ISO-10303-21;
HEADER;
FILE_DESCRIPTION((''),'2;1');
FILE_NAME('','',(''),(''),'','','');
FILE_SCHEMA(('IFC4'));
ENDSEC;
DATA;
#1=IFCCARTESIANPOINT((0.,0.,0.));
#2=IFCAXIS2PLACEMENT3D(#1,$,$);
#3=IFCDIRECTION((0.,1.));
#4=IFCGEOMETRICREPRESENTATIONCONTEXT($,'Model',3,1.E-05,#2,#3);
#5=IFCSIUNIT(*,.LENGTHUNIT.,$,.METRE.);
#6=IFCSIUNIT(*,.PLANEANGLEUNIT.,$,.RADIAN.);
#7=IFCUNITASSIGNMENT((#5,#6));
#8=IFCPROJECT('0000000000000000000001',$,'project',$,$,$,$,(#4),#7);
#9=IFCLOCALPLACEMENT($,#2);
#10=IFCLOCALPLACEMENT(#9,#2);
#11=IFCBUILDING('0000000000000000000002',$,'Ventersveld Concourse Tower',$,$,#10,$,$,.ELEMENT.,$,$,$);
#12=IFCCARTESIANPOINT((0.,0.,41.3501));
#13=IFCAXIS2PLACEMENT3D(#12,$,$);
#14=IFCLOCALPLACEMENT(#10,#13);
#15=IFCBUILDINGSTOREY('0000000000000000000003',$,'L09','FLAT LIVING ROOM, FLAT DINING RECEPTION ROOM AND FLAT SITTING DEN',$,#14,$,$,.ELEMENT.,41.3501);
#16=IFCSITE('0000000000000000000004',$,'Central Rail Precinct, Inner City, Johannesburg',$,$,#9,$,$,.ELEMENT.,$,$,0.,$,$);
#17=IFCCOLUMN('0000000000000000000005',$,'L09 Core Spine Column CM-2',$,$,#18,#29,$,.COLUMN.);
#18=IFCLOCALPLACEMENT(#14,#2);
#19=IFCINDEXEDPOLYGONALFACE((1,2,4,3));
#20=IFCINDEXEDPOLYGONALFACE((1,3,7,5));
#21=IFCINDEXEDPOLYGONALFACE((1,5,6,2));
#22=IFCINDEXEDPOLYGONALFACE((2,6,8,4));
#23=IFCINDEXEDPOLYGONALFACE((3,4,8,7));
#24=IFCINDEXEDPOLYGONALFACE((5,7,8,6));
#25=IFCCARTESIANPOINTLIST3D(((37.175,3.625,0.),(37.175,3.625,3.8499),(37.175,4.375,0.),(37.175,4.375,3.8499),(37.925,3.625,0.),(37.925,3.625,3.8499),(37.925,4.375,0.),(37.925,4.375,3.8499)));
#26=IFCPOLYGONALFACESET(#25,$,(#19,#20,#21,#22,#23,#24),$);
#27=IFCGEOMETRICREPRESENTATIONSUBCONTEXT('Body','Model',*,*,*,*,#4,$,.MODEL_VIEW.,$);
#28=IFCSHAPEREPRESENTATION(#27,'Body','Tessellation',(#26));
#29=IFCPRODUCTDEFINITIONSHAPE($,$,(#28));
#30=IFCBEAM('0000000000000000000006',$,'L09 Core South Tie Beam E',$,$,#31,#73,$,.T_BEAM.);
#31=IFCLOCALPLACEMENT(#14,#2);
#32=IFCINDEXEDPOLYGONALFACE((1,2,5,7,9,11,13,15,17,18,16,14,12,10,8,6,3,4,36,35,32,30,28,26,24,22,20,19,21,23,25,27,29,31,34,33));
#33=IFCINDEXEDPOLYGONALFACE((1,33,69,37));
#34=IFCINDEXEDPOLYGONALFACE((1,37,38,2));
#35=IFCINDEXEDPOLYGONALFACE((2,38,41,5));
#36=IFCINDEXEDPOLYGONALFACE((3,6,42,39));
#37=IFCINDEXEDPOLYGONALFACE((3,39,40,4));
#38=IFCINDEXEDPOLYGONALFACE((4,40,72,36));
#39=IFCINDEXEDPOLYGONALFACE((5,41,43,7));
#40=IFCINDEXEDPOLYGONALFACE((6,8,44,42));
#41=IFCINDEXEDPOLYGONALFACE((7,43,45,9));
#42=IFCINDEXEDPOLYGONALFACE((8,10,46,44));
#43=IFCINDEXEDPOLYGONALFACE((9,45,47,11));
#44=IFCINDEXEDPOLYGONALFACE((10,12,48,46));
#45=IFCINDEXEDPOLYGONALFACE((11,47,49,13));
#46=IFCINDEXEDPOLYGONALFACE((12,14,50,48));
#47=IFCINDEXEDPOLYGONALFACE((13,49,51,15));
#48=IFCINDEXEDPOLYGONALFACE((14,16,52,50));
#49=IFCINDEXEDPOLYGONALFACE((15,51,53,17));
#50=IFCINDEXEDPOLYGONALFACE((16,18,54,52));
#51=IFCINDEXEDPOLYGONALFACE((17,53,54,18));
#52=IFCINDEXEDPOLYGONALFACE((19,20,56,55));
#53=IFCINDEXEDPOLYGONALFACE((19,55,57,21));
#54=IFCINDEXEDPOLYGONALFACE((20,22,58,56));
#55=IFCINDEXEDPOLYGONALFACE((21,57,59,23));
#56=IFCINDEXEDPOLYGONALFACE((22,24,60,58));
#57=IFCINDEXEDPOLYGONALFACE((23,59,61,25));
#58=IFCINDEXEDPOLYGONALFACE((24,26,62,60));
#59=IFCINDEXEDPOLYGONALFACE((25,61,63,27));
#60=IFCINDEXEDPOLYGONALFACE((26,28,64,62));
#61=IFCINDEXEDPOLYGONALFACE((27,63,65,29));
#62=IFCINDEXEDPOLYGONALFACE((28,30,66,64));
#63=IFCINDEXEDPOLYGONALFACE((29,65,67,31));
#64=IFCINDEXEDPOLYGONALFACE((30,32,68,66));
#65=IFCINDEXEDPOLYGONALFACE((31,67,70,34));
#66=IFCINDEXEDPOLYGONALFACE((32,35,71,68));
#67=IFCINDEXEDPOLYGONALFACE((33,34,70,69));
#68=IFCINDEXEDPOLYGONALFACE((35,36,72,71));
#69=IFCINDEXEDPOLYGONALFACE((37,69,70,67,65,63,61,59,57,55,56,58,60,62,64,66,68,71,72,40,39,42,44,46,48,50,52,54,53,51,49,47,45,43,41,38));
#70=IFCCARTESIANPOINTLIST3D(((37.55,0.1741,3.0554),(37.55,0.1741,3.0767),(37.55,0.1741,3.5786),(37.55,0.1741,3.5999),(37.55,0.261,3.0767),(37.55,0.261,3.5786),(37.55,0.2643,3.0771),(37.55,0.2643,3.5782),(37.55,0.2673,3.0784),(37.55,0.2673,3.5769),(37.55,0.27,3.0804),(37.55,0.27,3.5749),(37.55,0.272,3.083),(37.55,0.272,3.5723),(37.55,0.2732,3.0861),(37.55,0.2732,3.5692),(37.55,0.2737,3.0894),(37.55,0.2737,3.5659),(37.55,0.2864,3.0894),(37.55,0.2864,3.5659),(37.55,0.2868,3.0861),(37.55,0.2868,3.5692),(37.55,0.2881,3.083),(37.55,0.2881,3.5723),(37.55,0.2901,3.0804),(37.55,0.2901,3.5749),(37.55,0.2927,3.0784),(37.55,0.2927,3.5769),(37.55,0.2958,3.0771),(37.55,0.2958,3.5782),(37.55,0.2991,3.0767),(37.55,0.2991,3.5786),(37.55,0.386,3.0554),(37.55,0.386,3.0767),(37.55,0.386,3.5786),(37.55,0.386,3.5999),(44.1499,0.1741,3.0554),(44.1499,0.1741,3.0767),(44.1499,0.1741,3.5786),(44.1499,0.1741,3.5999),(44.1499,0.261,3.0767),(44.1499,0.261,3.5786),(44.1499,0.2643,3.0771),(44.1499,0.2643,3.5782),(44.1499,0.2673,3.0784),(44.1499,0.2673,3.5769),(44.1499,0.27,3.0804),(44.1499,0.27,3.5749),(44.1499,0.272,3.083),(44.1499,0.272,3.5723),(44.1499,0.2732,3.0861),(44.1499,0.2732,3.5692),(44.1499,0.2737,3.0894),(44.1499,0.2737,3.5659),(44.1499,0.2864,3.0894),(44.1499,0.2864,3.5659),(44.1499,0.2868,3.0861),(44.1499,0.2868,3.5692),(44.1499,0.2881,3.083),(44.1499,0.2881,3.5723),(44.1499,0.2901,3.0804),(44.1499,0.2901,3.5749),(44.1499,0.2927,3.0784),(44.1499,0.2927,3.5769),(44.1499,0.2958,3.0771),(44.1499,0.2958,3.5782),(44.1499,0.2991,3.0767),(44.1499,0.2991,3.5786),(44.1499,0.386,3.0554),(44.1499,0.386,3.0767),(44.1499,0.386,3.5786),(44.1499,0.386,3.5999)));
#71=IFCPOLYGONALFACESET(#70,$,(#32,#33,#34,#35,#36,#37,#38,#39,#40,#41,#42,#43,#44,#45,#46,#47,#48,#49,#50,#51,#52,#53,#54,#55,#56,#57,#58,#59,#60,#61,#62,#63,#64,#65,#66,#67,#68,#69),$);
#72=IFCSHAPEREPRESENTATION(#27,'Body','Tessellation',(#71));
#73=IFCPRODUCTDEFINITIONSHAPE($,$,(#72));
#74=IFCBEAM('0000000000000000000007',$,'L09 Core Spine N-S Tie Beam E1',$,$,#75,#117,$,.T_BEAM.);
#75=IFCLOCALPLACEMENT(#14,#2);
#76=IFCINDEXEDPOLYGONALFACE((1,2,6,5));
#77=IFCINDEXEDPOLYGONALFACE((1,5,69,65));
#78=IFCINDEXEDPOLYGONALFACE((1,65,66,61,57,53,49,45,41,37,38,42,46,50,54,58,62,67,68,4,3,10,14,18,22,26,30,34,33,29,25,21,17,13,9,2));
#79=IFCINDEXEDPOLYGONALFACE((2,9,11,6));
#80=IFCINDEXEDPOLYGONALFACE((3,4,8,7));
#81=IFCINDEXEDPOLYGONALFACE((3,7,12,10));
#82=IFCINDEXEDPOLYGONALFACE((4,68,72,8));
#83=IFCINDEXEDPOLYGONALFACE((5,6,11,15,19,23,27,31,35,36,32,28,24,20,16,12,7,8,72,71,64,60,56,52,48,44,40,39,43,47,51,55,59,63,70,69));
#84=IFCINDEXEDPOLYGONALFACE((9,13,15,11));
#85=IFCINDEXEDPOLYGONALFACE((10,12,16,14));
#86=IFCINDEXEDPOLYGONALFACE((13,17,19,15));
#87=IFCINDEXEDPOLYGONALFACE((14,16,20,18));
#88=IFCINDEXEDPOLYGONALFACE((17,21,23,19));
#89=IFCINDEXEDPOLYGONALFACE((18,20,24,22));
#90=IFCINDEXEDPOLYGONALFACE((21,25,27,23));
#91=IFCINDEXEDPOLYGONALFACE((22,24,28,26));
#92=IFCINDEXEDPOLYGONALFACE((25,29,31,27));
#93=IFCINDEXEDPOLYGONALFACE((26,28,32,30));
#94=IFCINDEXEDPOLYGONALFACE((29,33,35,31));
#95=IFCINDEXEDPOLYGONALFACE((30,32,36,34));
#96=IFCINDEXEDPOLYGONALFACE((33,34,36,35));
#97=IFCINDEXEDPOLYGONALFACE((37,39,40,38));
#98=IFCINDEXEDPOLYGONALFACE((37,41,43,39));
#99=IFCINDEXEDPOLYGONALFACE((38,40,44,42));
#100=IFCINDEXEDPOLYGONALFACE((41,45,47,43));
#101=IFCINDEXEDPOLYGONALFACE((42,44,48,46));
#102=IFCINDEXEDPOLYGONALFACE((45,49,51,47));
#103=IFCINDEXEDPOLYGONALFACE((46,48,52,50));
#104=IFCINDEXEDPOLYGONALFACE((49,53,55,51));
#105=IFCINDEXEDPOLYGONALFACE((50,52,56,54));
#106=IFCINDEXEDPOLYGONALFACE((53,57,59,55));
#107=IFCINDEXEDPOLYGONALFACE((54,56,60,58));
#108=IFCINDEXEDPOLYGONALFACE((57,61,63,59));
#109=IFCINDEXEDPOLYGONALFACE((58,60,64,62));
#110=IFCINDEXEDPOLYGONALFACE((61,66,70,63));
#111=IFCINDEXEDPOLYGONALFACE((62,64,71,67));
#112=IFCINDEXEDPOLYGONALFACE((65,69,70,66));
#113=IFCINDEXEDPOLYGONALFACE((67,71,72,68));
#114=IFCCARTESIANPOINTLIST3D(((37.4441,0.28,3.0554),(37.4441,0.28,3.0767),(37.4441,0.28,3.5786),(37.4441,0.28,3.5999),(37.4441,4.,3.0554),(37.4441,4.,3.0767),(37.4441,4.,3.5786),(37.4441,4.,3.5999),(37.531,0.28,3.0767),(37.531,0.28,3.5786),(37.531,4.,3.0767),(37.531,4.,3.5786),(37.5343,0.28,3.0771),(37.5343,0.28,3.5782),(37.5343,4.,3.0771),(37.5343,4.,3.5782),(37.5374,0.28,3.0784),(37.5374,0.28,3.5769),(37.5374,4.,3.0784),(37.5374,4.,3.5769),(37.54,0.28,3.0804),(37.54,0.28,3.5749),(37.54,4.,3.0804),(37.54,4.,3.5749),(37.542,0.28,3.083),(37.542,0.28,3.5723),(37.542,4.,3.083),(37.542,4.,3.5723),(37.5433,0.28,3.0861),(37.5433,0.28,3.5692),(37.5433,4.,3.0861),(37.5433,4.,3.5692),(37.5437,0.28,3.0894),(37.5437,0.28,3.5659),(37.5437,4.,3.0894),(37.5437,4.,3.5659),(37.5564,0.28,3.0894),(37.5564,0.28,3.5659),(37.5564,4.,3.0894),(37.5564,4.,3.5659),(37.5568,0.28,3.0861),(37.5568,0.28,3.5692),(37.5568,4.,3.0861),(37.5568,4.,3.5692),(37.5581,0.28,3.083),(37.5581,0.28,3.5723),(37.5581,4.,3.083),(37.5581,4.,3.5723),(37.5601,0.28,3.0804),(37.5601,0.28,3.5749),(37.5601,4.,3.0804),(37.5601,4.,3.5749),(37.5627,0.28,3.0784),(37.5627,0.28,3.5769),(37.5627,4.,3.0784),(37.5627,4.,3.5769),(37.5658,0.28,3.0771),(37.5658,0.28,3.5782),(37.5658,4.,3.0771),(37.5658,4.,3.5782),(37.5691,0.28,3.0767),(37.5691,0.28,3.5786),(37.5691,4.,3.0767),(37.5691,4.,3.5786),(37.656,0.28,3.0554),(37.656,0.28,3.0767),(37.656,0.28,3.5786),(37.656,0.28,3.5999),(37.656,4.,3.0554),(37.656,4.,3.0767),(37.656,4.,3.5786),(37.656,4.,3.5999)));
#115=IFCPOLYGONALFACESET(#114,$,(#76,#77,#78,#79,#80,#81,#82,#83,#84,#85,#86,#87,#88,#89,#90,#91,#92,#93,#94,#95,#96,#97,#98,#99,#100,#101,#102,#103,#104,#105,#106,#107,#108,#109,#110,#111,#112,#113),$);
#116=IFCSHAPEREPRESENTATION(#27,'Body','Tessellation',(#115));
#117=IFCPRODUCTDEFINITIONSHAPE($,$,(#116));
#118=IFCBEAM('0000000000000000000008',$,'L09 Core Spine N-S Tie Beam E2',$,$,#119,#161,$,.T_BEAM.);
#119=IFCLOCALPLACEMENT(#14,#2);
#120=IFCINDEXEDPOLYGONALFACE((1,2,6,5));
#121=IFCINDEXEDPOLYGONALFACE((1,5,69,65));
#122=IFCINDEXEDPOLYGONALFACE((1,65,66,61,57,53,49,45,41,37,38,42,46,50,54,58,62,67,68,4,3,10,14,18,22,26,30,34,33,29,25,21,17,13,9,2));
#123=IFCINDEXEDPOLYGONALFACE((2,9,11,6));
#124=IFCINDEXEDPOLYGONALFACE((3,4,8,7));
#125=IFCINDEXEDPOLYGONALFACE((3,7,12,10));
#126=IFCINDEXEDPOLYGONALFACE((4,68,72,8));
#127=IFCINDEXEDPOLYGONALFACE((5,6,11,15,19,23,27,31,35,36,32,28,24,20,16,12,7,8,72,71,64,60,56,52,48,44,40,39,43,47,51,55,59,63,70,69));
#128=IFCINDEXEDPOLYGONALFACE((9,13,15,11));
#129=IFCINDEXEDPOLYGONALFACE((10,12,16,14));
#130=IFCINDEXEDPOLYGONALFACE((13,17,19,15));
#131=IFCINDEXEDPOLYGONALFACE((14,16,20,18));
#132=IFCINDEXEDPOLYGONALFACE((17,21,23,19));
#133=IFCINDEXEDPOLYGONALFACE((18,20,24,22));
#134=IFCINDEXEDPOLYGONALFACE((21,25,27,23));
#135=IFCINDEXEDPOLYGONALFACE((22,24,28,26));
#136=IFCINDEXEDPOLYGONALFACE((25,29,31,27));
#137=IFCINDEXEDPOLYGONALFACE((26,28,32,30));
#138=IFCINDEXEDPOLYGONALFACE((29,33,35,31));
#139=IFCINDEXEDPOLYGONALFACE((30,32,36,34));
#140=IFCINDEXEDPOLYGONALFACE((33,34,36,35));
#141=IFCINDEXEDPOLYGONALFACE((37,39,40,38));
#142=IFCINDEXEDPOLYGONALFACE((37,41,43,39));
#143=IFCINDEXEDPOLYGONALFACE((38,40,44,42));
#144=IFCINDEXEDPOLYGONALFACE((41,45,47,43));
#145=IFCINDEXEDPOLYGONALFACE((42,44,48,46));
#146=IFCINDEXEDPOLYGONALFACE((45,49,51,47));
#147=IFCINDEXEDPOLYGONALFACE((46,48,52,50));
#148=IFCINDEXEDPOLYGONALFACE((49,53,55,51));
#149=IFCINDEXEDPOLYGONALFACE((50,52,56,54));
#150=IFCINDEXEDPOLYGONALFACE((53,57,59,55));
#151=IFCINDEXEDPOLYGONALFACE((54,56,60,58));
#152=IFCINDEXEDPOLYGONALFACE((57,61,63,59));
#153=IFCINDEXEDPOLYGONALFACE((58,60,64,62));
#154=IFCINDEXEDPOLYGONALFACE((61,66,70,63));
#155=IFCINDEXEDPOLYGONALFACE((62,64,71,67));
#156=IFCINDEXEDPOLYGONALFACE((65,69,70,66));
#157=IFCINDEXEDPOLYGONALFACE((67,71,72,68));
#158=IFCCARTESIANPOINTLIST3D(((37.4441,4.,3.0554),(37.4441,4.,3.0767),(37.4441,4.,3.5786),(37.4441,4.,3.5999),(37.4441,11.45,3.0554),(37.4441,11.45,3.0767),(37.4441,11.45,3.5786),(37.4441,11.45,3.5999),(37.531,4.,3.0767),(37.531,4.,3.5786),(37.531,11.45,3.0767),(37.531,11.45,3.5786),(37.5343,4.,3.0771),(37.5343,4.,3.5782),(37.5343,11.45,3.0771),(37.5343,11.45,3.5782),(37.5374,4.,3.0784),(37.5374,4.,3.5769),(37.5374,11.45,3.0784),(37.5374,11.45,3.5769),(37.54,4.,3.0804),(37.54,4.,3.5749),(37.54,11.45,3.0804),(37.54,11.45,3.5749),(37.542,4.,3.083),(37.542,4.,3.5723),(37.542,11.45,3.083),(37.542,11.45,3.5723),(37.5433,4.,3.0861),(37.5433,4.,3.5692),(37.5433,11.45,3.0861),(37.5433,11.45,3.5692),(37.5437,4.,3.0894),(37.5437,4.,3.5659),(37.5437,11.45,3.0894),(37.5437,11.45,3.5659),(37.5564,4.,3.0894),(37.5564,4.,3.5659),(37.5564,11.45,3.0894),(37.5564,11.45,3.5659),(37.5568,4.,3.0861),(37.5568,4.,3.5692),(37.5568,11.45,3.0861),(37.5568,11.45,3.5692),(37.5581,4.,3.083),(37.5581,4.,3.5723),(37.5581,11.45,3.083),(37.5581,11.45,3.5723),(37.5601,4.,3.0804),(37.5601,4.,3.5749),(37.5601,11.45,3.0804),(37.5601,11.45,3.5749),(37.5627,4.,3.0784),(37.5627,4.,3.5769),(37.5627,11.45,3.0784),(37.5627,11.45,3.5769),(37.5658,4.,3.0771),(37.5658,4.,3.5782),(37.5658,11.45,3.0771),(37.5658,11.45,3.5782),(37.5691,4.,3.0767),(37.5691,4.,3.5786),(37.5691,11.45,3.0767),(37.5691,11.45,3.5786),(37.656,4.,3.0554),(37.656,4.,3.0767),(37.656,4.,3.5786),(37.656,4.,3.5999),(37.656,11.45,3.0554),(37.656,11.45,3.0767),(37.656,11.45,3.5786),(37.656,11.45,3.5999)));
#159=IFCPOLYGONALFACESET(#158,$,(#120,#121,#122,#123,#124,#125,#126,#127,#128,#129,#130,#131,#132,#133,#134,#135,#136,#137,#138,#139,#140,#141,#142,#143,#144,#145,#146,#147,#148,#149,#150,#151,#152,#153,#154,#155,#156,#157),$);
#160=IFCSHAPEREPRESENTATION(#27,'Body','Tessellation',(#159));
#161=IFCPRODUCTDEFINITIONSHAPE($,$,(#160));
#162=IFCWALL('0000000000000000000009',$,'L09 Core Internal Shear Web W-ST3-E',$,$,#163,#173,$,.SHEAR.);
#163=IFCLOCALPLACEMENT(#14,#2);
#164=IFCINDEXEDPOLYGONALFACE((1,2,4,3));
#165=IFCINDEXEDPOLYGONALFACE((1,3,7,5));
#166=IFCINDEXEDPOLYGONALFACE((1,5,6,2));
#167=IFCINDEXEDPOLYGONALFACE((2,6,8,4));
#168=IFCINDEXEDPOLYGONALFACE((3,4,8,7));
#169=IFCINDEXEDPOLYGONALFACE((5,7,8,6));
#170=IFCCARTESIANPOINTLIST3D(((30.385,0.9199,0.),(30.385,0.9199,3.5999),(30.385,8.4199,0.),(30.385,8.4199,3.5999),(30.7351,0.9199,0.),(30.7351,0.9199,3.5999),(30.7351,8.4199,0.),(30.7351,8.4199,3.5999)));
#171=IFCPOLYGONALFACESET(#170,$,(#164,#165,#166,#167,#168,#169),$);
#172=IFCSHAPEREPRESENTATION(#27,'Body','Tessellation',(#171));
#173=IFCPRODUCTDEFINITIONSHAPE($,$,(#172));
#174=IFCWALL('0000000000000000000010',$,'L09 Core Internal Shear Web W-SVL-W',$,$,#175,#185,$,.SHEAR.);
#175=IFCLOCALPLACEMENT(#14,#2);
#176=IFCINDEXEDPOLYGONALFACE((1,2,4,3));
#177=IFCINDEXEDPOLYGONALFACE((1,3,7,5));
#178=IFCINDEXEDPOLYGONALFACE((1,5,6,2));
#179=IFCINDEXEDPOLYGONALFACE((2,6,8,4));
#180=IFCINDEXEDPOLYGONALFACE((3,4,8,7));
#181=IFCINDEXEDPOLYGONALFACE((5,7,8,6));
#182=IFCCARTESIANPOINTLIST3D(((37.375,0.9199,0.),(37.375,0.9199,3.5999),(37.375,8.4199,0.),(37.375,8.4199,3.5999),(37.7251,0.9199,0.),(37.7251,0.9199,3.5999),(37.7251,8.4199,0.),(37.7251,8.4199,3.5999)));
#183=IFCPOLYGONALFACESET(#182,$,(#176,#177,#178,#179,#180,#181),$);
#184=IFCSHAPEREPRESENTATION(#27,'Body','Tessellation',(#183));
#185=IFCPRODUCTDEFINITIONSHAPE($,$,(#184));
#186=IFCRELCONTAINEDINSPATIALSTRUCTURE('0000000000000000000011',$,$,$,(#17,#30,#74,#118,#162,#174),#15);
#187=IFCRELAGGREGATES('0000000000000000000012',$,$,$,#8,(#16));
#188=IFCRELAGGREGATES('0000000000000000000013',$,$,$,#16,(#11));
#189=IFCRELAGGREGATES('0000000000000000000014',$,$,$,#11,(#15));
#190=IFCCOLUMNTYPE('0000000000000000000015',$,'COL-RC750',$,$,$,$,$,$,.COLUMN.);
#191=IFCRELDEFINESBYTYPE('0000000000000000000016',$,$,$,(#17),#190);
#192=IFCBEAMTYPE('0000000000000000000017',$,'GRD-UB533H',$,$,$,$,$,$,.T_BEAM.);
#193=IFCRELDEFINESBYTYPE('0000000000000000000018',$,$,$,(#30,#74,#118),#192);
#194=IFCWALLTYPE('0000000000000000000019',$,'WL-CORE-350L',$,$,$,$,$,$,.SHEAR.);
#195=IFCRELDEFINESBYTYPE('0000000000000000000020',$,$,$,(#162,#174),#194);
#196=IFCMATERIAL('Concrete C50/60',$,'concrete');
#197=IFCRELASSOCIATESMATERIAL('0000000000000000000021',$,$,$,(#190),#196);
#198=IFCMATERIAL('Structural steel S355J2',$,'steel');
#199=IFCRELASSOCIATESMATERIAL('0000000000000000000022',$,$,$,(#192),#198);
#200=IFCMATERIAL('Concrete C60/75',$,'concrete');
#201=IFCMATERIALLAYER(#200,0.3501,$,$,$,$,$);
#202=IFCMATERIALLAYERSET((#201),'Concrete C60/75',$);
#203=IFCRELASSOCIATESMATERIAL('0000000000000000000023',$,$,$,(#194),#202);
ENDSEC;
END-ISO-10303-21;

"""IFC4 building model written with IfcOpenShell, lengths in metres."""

from ifc_helpers import new_model, si_unit, direction, frame, frame_2d, origin, origin_2d, place, context, subcontext, project, spatial, rectangle, i_section, extrude, material, layer, layer_set, material_profile, profile_set, type_object, element, save


model = new_model("IFC4")

# Units and contexts
model_context = context("Model", 3, precision=1e-05, world=origin(), true_north=direction((0.0, 1.0)))
body_context = subcontext(model_context, "Body", "Model", "MODEL_VIEW")
ifc_project = project(units=[si_unit("LENGTHUNIT", "METRE"), si_unit("PLANEANGLEUNIT", "RADIAN")], contexts=[model_context])

# Site, building, storey
site_placement = place(None, origin())
site = spatial("IfcSite", under=ifc_project, at=site_placement, Name="Central Rail Precinct, Inner City, Johannesburg", CompositionType="ELEMENT", RefElevation=0.0)
building_placement = place(site_placement, origin())
building = spatial("IfcBuilding", under=site, at=building_placement, Name="Ventersveld Concourse Tower", CompositionType="ELEMENT")
storey_placement = place(building_placement, frame((0.0, 0.0, 41.3501)))
storey = spatial("IfcBuildingStorey", under=building, at=storey_placement, Name="L09", Description="FLAT LIVING ROOM, FLAT DINING RECEPTION ROOM AND FLAT SITTING DEN", CompositionType="ELEMENT", Elevation=41.3501)

# Column
ifc_material_1 = material(Name="Concrete C50/60", Category="concrete")
ifc_material_profile_1 = material_profile(ifc_material_1, rectangle(XDim=0.75, YDim=0.75, at=origin_2d()), Name="RC 750x750")
ifc_profile_set_1 = profile_set([ifc_material_profile_1], Name="Concrete C50/60")
column_type = type_object("IfcColumnType", Name="COL-RC750", PredefinedType="COLUMN", material=ifc_profile_set_1)
column_placement = place(storey_placement, frame((37.55, 4.0, 0.0), z_axis=(0.0, 0.0, 1.0), x_axis=(1.0, 0.0, 0.0)))
element("IfcColumn", 1, at=column_placement, inside=storey, type_object=column_type, Name="L09 Core Spine Column CM-2", PredefinedType="COLUMN", context=body_context, shape_type="SweptSolid", body=[
    extrude(rectangle(XDim=0.75, YDim=0.75, at=origin_2d()), origin(), (0.0, 0.0, 1.0), 3.8499),
])

# Beams
ifc_material_2 = material(Name="Structural steel S355J2", Category="steel")
ifc_material_profile_2 = material_profile(ifc_material_2, i_section(OverallWidth=0.2119, OverallDepth=0.5444, WebThickness=0.0127, FlangeThickness=0.0212, FilletRadius=0.0127, at=origin_2d()), Name="UB 533x210x122")
ifc_profile_set_2 = profile_set([ifc_material_profile_2], Name="Structural steel S355J2")
beam_type = type_object("IfcBeamType", Name="GRD-UB533H", PredefinedType="T_BEAM", material=ifc_profile_set_2)
beam_1_placement = place(storey_placement, frame((37.55, 0.28, 3.3276), z_axis=(1.0, 0.0, 0.0), x_axis=(0.0, 1.0, 0.0)))
element("IfcBeam", 2, at=beam_1_placement, inside=storey, type_object=beam_type, Name="L09 Core South Tie Beam E", PredefinedType="T_BEAM", context=body_context, shape_type="SweptSolid", body=[
    extrude(i_section(OverallWidth=0.2119, OverallDepth=0.5444, WebThickness=0.0127, FlangeThickness=0.0212, FilletRadius=0.0127, at=origin_2d()), origin(), (0.0, 0.0, 1.0), 6.5999),
])
beam_2_placement = place(storey_placement, frame((37.55, 0.28, 3.3276), z_axis=(0.0, 1.0, 0.0), x_axis=(-1.0, 0.0, 0.0)))
element("IfcBeam", 3, at=beam_2_placement, inside=storey, type_object=beam_type, Name="L09 Core Spine N-S Tie Beam E1", PredefinedType="T_BEAM", context=body_context, shape_type="SweptSolid", body=[
    extrude(i_section(OverallWidth=0.2119, OverallDepth=0.5444, WebThickness=0.0127, FlangeThickness=0.0212, FilletRadius=0.0127, at=origin_2d()), origin(), (0.0, 0.0, 1.0), 3.72),
])
beam_3_placement = place(storey_placement, frame((37.55, 4.0, 3.3276), z_axis=(0.0, 1.0, 0.0), x_axis=(-1.0, 0.0, 0.0)))
element("IfcBeam", 4, at=beam_3_placement, inside=storey, type_object=beam_type, Name="L09 Core Spine N-S Tie Beam E2", PredefinedType="T_BEAM", context=body_context, shape_type="SweptSolid", body=[
    extrude(i_section(OverallWidth=0.2119, OverallDepth=0.5444, WebThickness=0.0127, FlangeThickness=0.0212, FilletRadius=0.0127, at=origin_2d()), origin(), (0.0, 0.0, 1.0), 7.45),
])

# Walls
ifc_material_3 = material(Name="Concrete C60/75", Category="concrete")
ifc_layer_1 = layer(ifc_material_3, 0.3501)
ifc_layer_set_1 = layer_set([ifc_layer_1], Name="Concrete C60/75")
wall_type_1 = type_object("IfcWallType", Name="WL-CORE-350L", PredefinedType="SHEAR", material=ifc_layer_set_1)
for number, where, z_axis, x_axis, name in (
    (5, (30.5601, 0.9199, 0.0), (0.0, 0.0, 1.0), (0.0, 1.0, 0.0), "L09 Core Internal Shear Web W-ST3-E"),
    (6, (37.55, 0.9199, 0.0), (0.0, 0.0, 1.0), (0.0, 1.0, 0.0), "L09 Core Internal Shear Web W-SVL-W"),
):
    element("IfcWall", number, at=place(storey_placement, frame(where, z_axis=z_axis, x_axis=x_axis)), inside=storey, type_object=wall_type_1, Name=name, PredefinedType="SHEAR", context=body_context, shape_type="SweptSolid", body=[
        extrude(rectangle(XDim=7.5, YDim=0.3501, at=frame_2d((3.75, 0.0))), origin(), (0.0, 0.0, 1.0), 3.5999),
    ])

save(model, "model.ifc")
